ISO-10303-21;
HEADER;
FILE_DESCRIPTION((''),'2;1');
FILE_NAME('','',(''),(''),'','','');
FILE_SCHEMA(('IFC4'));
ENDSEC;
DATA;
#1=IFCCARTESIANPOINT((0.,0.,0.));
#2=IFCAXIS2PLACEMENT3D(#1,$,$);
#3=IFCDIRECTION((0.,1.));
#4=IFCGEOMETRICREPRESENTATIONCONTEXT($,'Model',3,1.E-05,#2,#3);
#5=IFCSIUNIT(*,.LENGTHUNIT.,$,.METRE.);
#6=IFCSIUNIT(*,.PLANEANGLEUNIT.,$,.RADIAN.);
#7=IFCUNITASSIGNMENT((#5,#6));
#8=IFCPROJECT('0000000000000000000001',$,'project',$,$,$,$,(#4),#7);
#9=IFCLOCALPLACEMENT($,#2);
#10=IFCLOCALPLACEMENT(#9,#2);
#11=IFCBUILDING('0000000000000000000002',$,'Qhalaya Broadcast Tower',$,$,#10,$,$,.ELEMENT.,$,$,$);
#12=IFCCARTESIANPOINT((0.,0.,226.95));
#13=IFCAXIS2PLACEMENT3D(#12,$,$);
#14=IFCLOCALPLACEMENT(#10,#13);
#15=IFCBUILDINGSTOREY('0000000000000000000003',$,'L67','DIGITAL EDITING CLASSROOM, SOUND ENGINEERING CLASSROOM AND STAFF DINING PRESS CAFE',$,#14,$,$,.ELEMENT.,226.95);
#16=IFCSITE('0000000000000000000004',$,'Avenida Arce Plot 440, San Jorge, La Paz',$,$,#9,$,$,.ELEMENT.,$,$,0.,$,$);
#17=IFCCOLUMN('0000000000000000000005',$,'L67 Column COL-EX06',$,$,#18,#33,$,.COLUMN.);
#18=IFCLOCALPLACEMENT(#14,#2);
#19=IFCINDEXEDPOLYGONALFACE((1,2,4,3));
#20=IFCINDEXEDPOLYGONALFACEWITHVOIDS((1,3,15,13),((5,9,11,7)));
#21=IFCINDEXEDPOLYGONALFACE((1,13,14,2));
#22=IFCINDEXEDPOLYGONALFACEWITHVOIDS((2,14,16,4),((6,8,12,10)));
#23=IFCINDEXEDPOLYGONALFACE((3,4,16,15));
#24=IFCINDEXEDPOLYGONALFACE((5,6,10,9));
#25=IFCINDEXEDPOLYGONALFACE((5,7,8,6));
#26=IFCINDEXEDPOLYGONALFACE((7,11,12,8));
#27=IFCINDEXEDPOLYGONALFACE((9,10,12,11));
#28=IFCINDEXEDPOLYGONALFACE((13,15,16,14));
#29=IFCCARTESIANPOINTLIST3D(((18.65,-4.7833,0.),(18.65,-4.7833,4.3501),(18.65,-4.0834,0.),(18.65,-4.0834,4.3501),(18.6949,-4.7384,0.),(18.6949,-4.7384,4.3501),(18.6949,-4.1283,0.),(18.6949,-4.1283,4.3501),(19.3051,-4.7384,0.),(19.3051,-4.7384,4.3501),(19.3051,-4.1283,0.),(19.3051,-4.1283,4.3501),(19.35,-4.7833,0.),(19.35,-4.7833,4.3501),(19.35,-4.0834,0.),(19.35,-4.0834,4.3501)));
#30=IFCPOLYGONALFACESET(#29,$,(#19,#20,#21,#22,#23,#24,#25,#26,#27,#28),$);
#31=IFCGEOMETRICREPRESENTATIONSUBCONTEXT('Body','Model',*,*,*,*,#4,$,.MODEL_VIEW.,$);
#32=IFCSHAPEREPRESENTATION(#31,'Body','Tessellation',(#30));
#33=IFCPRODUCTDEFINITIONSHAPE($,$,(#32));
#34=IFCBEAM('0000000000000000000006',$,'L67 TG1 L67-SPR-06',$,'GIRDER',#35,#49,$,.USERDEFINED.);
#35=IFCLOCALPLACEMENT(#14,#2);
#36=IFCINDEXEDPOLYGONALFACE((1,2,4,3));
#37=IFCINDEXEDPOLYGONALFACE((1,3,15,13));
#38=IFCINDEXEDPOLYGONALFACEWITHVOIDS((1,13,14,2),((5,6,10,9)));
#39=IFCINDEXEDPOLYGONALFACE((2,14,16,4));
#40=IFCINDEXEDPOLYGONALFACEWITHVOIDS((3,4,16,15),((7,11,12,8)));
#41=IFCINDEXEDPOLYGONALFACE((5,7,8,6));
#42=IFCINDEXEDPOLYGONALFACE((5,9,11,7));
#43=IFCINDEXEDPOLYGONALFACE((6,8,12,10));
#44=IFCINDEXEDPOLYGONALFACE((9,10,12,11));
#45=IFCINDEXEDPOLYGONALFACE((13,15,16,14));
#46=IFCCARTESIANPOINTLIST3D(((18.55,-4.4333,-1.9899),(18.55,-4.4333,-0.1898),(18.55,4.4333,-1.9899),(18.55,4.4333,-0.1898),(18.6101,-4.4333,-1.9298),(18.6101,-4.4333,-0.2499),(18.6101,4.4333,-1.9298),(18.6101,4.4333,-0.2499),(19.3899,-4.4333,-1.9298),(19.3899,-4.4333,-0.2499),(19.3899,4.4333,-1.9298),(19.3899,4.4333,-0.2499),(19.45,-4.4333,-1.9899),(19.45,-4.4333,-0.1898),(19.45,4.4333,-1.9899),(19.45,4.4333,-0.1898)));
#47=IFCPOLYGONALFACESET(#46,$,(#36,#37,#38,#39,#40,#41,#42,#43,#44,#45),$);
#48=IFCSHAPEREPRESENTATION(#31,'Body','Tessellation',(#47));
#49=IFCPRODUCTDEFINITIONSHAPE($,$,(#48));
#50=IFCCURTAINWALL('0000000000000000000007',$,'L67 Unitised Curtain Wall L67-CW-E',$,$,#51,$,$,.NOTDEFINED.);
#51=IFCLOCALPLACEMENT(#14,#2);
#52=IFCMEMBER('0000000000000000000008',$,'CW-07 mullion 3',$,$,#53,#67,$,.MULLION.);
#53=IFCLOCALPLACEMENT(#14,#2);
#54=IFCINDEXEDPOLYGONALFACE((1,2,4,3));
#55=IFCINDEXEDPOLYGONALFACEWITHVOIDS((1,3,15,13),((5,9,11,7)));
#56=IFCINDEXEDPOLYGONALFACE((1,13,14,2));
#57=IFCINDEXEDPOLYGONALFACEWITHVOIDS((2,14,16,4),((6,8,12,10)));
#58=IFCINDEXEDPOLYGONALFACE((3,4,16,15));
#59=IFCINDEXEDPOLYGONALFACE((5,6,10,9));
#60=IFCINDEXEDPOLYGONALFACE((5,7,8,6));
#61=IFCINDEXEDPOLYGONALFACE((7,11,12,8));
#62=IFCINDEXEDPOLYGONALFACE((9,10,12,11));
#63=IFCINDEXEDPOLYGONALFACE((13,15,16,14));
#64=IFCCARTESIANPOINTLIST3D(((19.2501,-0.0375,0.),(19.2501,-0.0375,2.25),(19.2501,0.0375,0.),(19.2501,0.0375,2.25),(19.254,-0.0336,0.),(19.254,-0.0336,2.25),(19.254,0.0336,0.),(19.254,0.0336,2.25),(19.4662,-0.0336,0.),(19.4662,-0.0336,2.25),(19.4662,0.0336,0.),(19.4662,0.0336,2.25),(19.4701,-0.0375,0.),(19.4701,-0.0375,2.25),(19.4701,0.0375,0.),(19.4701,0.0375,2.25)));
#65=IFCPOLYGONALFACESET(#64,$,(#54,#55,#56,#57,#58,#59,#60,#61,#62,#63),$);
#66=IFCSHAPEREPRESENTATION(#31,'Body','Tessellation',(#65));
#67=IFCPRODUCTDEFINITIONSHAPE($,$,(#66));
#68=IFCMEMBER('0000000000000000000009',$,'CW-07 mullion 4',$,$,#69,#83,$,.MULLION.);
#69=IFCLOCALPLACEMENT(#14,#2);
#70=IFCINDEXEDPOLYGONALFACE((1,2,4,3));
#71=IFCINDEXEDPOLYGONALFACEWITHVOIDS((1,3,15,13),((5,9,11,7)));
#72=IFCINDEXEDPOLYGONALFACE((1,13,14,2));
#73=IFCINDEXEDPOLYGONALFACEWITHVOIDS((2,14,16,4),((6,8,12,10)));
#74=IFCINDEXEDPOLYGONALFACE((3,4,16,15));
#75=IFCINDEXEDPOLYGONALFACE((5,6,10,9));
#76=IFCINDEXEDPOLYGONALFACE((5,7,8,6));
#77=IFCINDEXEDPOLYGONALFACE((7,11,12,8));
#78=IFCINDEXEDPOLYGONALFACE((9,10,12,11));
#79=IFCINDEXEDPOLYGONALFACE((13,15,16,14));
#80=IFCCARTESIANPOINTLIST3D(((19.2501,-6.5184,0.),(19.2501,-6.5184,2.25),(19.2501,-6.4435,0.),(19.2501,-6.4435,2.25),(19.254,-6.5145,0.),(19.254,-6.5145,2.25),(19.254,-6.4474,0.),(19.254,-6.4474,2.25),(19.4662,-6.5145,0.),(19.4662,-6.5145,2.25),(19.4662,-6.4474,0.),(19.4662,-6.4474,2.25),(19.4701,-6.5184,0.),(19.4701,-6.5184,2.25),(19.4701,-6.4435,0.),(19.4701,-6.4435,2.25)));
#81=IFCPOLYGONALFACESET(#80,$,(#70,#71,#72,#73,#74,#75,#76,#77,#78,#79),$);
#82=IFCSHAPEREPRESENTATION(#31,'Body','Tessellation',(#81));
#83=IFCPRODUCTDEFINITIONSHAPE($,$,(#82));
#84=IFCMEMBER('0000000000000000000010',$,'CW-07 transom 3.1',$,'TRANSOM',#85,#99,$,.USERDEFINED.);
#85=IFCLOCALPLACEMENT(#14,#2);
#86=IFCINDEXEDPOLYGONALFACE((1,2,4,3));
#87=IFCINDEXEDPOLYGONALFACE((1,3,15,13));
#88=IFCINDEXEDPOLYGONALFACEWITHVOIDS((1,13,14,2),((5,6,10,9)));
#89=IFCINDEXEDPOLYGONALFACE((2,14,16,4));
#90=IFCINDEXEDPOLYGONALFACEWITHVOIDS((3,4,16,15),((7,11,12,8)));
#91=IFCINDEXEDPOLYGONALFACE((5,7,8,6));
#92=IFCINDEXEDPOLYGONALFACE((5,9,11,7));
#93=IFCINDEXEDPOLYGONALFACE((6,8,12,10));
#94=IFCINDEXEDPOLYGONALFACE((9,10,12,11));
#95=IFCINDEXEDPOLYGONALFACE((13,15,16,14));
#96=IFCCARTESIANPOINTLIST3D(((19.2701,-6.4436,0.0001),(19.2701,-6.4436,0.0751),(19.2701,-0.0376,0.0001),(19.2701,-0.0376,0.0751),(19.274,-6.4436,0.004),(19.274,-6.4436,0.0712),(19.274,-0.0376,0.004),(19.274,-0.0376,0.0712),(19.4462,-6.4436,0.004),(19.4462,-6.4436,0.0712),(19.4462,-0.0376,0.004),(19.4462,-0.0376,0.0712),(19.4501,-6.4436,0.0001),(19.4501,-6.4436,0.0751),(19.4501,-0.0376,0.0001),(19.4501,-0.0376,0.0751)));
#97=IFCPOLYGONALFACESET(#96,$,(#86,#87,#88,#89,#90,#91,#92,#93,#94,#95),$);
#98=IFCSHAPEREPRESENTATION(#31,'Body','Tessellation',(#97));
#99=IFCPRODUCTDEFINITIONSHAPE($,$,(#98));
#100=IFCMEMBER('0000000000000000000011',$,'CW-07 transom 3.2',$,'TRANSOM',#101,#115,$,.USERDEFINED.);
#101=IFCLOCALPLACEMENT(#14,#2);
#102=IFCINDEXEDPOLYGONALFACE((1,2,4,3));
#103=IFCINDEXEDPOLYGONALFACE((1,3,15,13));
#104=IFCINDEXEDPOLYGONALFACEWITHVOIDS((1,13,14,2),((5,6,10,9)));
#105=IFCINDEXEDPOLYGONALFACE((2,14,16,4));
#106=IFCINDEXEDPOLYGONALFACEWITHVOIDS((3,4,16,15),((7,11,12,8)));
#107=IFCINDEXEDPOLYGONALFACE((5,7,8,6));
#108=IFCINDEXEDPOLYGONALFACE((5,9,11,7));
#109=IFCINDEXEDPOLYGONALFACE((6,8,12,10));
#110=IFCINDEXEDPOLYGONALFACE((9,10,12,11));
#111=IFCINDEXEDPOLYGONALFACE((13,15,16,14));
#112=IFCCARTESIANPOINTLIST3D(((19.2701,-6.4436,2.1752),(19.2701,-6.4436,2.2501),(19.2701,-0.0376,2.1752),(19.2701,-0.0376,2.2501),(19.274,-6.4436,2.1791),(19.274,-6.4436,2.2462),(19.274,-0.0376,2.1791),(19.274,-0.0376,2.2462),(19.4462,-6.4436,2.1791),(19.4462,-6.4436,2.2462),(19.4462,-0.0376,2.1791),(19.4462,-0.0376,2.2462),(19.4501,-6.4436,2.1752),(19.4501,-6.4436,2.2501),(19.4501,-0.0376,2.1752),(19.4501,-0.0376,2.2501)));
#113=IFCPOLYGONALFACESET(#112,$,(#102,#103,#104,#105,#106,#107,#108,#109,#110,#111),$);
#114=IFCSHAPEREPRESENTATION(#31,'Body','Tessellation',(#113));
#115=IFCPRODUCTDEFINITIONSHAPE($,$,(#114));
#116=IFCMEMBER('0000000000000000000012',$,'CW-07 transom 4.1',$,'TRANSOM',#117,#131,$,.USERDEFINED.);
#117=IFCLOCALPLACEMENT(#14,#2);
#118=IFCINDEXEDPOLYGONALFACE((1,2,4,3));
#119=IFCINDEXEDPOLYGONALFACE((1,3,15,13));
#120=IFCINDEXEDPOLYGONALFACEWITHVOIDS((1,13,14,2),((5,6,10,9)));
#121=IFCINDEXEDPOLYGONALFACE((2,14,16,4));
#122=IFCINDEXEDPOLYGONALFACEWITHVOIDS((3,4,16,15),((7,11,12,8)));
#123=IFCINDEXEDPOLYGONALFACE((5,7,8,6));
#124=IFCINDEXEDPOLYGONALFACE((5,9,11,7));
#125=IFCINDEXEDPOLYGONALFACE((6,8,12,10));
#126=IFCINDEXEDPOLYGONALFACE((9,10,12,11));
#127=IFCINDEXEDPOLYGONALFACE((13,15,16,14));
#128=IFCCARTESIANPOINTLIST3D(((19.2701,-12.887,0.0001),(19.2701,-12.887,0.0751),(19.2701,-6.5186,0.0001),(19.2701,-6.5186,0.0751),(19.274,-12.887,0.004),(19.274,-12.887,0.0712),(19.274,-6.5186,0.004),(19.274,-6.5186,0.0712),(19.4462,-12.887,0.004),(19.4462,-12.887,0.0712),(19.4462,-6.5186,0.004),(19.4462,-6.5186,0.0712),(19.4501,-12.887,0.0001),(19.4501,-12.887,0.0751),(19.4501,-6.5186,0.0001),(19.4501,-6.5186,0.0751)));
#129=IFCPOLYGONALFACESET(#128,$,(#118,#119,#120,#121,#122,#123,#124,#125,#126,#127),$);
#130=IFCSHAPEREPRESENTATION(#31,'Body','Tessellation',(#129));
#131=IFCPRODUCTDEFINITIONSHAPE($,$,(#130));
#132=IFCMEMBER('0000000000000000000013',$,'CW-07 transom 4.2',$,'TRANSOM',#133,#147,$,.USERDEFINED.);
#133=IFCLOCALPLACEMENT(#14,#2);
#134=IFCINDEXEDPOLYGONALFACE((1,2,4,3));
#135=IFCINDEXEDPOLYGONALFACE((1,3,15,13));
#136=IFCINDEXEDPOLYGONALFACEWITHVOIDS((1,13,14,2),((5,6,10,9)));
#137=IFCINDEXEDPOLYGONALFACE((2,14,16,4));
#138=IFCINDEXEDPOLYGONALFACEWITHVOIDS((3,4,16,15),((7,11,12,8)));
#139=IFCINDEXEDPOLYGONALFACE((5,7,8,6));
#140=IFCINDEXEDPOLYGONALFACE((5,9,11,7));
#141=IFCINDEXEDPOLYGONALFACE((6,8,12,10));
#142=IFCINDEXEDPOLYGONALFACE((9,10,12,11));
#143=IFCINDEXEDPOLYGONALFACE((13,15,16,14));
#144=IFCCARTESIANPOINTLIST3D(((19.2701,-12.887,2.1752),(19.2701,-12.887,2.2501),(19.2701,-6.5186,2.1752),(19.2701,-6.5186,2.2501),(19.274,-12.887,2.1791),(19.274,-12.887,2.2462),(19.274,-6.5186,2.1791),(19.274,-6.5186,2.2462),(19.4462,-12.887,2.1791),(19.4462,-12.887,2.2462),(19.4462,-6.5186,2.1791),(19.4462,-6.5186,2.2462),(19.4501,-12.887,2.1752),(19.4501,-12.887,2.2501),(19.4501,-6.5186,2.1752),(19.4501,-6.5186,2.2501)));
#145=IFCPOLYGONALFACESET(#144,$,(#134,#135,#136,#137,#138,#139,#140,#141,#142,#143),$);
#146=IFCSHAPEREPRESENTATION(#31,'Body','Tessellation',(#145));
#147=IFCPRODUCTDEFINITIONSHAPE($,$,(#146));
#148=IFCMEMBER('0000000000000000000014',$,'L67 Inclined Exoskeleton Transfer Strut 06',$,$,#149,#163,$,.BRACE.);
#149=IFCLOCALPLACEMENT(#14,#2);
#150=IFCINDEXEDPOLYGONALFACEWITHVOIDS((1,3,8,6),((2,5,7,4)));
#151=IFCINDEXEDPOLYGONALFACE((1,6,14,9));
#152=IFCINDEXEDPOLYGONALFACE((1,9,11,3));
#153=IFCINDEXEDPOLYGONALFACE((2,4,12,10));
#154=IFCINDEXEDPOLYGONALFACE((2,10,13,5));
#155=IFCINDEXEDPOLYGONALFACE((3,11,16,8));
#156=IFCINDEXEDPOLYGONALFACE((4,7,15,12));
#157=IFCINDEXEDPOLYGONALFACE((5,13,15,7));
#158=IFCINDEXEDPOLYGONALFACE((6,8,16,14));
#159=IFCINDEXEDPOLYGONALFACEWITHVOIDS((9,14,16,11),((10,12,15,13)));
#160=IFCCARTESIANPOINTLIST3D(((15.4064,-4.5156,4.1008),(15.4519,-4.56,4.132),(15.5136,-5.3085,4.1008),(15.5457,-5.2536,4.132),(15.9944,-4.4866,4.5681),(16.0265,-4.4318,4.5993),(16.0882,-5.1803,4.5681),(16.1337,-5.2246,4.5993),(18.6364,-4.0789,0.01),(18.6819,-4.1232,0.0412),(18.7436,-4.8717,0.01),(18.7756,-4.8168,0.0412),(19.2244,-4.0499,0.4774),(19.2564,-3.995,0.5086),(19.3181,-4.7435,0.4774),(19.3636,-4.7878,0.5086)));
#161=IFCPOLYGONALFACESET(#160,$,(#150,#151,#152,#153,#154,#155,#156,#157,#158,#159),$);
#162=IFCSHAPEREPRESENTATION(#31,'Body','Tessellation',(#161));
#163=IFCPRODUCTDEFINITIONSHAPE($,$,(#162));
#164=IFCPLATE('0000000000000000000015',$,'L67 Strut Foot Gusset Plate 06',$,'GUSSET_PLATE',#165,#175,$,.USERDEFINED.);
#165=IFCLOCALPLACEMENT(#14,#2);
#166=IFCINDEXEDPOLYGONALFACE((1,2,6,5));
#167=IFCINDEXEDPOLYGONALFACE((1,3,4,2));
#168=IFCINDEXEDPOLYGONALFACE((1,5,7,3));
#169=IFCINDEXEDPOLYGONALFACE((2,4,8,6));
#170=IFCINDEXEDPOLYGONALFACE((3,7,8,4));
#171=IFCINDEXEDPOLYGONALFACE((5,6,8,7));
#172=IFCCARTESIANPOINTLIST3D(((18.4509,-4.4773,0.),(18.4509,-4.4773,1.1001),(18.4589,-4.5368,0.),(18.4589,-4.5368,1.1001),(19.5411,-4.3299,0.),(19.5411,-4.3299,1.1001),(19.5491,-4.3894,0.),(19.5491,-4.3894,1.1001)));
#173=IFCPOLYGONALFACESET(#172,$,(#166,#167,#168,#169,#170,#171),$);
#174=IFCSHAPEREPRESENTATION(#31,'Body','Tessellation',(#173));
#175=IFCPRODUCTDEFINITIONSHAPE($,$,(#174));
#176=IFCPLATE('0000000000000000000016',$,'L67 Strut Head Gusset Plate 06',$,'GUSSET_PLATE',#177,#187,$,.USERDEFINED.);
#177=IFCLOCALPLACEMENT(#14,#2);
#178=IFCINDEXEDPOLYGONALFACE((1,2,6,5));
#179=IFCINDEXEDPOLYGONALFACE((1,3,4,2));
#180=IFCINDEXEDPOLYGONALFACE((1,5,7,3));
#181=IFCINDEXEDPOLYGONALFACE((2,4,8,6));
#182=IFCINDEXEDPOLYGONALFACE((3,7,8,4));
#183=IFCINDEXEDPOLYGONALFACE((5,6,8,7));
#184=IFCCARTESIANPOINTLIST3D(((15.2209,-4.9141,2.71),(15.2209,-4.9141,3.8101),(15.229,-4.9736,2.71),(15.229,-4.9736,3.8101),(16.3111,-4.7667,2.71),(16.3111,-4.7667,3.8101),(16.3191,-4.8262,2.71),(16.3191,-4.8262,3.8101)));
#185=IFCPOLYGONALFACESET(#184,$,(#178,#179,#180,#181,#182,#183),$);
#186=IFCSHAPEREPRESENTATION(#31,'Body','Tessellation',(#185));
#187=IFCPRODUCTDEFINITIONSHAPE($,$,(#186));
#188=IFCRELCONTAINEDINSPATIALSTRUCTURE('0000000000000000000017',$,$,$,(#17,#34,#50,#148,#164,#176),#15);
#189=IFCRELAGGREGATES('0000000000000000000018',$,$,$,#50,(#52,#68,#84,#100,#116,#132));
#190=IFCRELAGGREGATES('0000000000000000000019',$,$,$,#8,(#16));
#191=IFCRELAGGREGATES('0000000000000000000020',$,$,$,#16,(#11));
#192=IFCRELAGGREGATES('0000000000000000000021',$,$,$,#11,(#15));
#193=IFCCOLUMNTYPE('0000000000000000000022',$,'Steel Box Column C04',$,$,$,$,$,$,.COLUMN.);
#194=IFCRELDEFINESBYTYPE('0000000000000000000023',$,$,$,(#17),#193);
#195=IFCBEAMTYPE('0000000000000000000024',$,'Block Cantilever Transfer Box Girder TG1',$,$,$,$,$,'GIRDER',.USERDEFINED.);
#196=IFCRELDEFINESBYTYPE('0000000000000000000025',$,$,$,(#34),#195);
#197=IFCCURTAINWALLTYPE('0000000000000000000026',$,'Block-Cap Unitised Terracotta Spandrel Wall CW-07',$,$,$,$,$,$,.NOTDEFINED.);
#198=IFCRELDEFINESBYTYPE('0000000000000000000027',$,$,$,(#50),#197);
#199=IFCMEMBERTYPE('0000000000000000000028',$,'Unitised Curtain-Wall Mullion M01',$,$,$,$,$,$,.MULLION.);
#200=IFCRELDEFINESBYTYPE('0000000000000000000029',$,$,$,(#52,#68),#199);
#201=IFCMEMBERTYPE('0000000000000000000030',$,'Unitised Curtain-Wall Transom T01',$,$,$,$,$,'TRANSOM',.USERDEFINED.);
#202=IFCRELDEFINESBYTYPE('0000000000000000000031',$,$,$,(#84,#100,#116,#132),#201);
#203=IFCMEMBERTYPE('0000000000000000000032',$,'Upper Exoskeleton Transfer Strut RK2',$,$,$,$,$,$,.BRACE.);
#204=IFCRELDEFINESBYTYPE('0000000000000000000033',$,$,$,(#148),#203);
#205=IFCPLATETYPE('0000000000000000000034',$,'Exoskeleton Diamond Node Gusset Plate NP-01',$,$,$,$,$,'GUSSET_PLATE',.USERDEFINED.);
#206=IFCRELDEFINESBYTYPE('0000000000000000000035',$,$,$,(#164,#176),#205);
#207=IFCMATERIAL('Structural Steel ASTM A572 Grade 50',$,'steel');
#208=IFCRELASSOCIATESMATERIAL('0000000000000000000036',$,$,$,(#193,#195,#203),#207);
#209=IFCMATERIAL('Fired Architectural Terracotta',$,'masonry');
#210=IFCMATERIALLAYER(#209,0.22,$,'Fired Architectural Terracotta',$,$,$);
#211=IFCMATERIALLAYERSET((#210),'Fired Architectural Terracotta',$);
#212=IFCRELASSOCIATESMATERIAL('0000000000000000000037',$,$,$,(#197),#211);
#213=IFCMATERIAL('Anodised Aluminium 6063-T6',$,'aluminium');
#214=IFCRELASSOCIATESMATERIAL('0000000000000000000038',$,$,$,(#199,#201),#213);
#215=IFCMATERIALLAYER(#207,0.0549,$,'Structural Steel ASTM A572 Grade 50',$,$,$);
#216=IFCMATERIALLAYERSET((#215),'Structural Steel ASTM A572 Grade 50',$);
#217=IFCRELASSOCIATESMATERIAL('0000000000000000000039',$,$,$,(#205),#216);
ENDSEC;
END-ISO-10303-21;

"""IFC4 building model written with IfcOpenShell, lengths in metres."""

from ifc_helpers import new_model, si_unit, direction, frame, origin, origin_2d, place, context, subcontext, project, spatial, rectangle, hollow_rectangle, extrude, material, layer, layer_set, material_profile, profile_set, type_object, element, aggregate, save


model = new_model("IFC4")

# Units and contexts
model_context = context("Model", 3, precision=1e-05, world=origin(), true_north=direction((0.0, 1.0)))
body_context = subcontext(model_context, "Body", "Model", "MODEL_VIEW")
ifc_project = project(units=[si_unit("LENGTHUNIT", "METRE"), si_unit("PLANEANGLEUNIT", "RADIAN")], contexts=[model_context])

# Site, building, storey
site_placement = place(None, origin())
site = spatial("IfcSite", under=ifc_project, at=site_placement, Name="Avenida Arce Plot 440, San Jorge, La Paz", CompositionType="ELEMENT", RefElevation=0.0)
building_placement = place(site_placement, origin())
building = spatial("IfcBuilding", under=site, at=building_placement, Name="Qhalaya Broadcast Tower", CompositionType="ELEMENT")
storey_placement = place(building_placement, frame((0.0, 0.0, 226.95)))
storey = spatial("IfcBuildingStorey", under=building, at=storey_placement, Name="L67", Description="DIGITAL EDITING CLASSROOM, SOUND ENGINEERING CLASSROOM AND STAFF DINING PRESS CAFE", CompositionType="ELEMENT", Elevation=226.95)

# Column
ifc_material_1 = material(Name="Structural Steel ASTM A572 Grade 50", Category="steel")
ifc_material_profile_1 = material_profile(ifc_material_1, hollow_rectangle(XDim=0.7, YDim=0.7, WallThickness=0.0449, at=origin_2d()), Name="BOX 700x700x45")
ifc_profile_set_1 = profile_set([ifc_material_profile_1], Name="Structural Steel ASTM A572 Grade 50")
column_type = type_object("IfcColumnType", Name="Steel Box Column C04", PredefinedType="COLUMN", material=ifc_profile_set_1)
column_placement = place(storey_placement, frame((19.0, -4.4333, 0.0), z_axis=(0.0, 0.0, 1.0), x_axis=(0.0, 1.0, 0.0)))
element("IfcColumn", 1, at=column_placement, inside=storey, type_object=column_type, Name="L67 Column COL-EX06", PredefinedType="COLUMN", context=body_context, shape_type="SweptSolid", body=[
    extrude(hollow_rectangle(XDim=0.7, YDim=0.7, WallThickness=0.0449, at=origin_2d()), origin(), (0.0, 0.0, 1.0), 4.3501),
])

# Beam
ifc_material_profile_2 = material_profile(ifc_material_1, hollow_rectangle(XDim=0.8999, YDim=1.8, WallThickness=0.0601, at=origin_2d()), Name="BOX 900x1800x60")
ifc_profile_set_2 = profile_set([ifc_material_profile_2], Name="Structural Steel ASTM A572 Grade 50")
beam_type = type_object("IfcBeamType", Name="Block Cantilever Transfer Box Girder TG1", ElementType="GIRDER", PredefinedType="USERDEFINED", material=ifc_profile_set_2)
beam_placement = place(storey_placement, frame((19.0, -4.4333, -1.0898), z_axis=(0.0, 1.0, 0.0), x_axis=(-1.0, 0.0, 0.0)))
element("IfcBeam", 2, at=beam_placement, inside=storey, type_object=beam_type, Name="L67 TG1 L67-SPR-06", ObjectType="GIRDER", PredefinedType="USERDEFINED", context=body_context, shape_type="SweptSolid", body=[
    extrude(hollow_rectangle(XDim=0.8999, YDim=1.8, WallThickness=0.0601, at=origin_2d()), origin(), (0.0, 0.0, 1.0), 8.8667),
])

# Curtain wall, members
ifc_material_2 = material(Name="Fired Architectural Terracotta", Category="masonry")
ifc_layer_1 = layer(ifc_material_2, 0.22, Name="Fired Architectural Terracotta")
ifc_layer_set_1 = layer_set([ifc_layer_1], Name="Fired Architectural Terracotta")
curtain_wall_type = type_object("IfcCurtainWallType", Name="Block-Cap Unitised Terracotta Spandrel Wall CW-07", PredefinedType="NOTDEFINED", material=ifc_layer_set_1)
curtain_wall_placement = place(storey_placement, origin())
curtain_wall = element("IfcCurtainWall", 3, at=curtain_wall_placement, inside=storey, type_object=curtain_wall_type, Name="L67 Unitised Curtain Wall L67-CW-E", PredefinedType="NOTDEFINED")
ifc_material_3 = material(Name="Anodised Aluminium 6063-T6", Category="aluminium")
ifc_material_profile_3 = material_profile(ifc_material_3, hollow_rectangle(XDim=0.075, YDim=0.22, WallThickness=0.0039, at=origin_2d()), Name="ALU-MUL 75x220x4")
ifc_profile_set_3 = profile_set([ifc_material_profile_3], Name="Anodised Aluminium 6063-T6")
member_type_1 = type_object("IfcMemberType", Name="Unitised Curtain-Wall Mullion M01", PredefinedType="MULLION", material=ifc_profile_set_3)
member_1_placement = place(storey_placement, frame((19.3601, 0.0, 0.0), z_axis=(0.0, 0.0, 1.0), x_axis=(0.0, -1.0, 0.0)))
member_1 = element("IfcMember", 4, at=member_1_placement, type_object=member_type_1, Name="CW-07 mullion 3", PredefinedType="MULLION", context=body_context, shape_type="SweptSolid", body=[
    extrude(hollow_rectangle(XDim=0.075, YDim=0.22, WallThickness=0.0039, at=origin_2d()), origin(), (0.0, 0.0, 1.0), 2.25),
])
member_2_placement = place(storey_placement, frame((19.3601, -6.481, 0.0), z_axis=(0.0, 0.0, 1.0), x_axis=(0.0, -1.0, 0.0)))
member_2 = element("IfcMember", 5, at=member_2_placement, type_object=member_type_1, Name="CW-07 mullion 4", PredefinedType="MULLION", context=body_context, shape_type="SweptSolid", body=[
    extrude(hollow_rectangle(XDim=0.075, YDim=0.22, WallThickness=0.0039, at=origin_2d()), origin(), (0.0, 0.0, 1.0), 2.25),
])
ifc_material_profile_4 = material_profile(ifc_material_3, hollow_rectangle(XDim=0.075, YDim=0.1799, WallThickness=0.0039, at=origin_2d()), Name="ALU-TRN 75x180x4")
ifc_profile_set_4 = profile_set([ifc_material_profile_4], Name="Anodised Aluminium 6063-T6")
member_type_2 = type_object("IfcMemberType", Name="Unitised Curtain-Wall Transom T01", ElementType="TRANSOM", PredefinedType="USERDEFINED", material=ifc_profile_set_4)
member_3_placement = place(storey_placement, frame((19.3601, -0.0376, 0.0376), z_axis=(0.0, -1.0, 0.0), x_axis=(0.0, 0.0, 1.0)))
member_3 = element("IfcMember", 6, at=member_3_placement, type_object=member_type_2, Name="CW-07 transom 3.1", ObjectType="TRANSOM", PredefinedType="USERDEFINED", context=body_context, shape_type="SweptSolid", body=[
    extrude(hollow_rectangle(XDim=0.075, YDim=0.1799, WallThickness=0.0039, at=origin_2d()), origin(), (0.0, 0.0, 1.0), 6.406),
])
member_4_placement = place(storey_placement, frame((19.3601, -0.0376, 2.2126), z_axis=(0.0, -1.0, 0.0), x_axis=(0.0, 0.0, 1.0)))
member_4 = element("IfcMember", 7, at=member_4_placement, type_object=member_type_2, Name="CW-07 transom 3.2", ObjectType="TRANSOM", PredefinedType="USERDEFINED", context=body_context, shape_type="SweptSolid", body=[
    extrude(hollow_rectangle(XDim=0.075, YDim=0.1799, WallThickness=0.0039, at=origin_2d()), origin(), (0.0, 0.0, 1.0), 6.406),
])
member_5_placement = place(storey_placement, frame((19.3601, -6.5186, 0.0376), z_axis=(0.0, -1.0, 0.0), x_axis=(0.0, 0.0, 1.0)))
member_5 = element("IfcMember", 8, at=member_5_placement, type_object=member_type_2, Name="CW-07 transom 4.1", ObjectType="TRANSOM", PredefinedType="USERDEFINED", context=body_context, shape_type="SweptSolid", body=[
    extrude(hollow_rectangle(XDim=0.075, YDim=0.1799, WallThickness=0.0039, at=origin_2d()), origin(), (0.0, 0.0, 1.0), 6.3684),
])
member_6_placement = place(storey_placement, frame((19.3601, -6.5186, 2.2126), z_axis=(0.0, -1.0, 0.0), x_axis=(0.0, 0.0, 1.0)))
member_6 = element("IfcMember", 9, at=member_6_placement, type_object=member_type_2, Name="CW-07 transom 4.2", ObjectType="TRANSOM", PredefinedType="USERDEFINED", context=body_context, shape_type="SweptSolid", body=[
    extrude(hollow_rectangle(XDim=0.075, YDim=0.1799, WallThickness=0.0039, at=origin_2d()), origin(), (0.0, 0.0, 1.0), 6.3684),
])

# Member
ifc_material_profile_5 = material_profile(ifc_material_1, hollow_rectangle(XDim=0.8, YDim=0.8, WallThickness=0.05, at=origin_2d()), Name="BOX 800x800x50")
ifc_profile_set_5 = profile_set([ifc_material_profile_5], Name="Structural Steel ASTM A572 Grade 50")
member_type_3 = type_object("IfcMemberType", Name="Upper Exoskeleton Transfer Strut RK2", PredefinedType="BRACE", material=ifc_profile_set_5)
member_7_placement = place(storey_placement, frame((19.0, -4.4333, 0.2593), z_axis=(-0.617526, -0.083504, 0.782106), x_axis=(0.134003, -0.990981, 0.0)))
element("IfcMember", 10, at=member_7_placement, inside=storey, type_object=member_type_3, Name="L67 Inclined Exoskeleton Transfer Strut 06", PredefinedType="BRACE", context=body_context, shape_type="SweptSolid", body=[
    extrude(hollow_rectangle(XDim=0.8, YDim=0.8, WallThickness=0.05, at=origin_2d()), origin(), (0.0, 0.0, 1.0), 5.2305),
])

# Plates
ifc_layer_2 = layer(ifc_material_1, 0.0549, Name="Structural Steel ASTM A572 Grade 50")
ifc_layer_set_2 = layer_set([ifc_layer_2], Name="Structural Steel ASTM A572 Grade 50")
plate_type_1 = type_object("IfcPlateType", Name="Exoskeleton Diamond Node Gusset Plate NP-01", ElementType="GUSSET_PLATE", PredefinedType="USERDEFINED", material=ifc_layer_set_2)
for number, where, z_axis, x_axis, name in (
    (11, (19.0, -4.4333, 0.0), (0.0, 0.0, 1.0), (-0.990983, -0.133986, 0.0), "L67 Strut Foot Gusset Plate 06"),
    (12, (15.77, -4.8701, 2.71), (0.0, 0.0, 1.0), (-0.990983, -0.133986, 0.0), "L67 Strut Head Gusset Plate 06"),
):
    element("IfcPlate", number, at=place(storey_placement, frame(where, z_axis=z_axis, x_axis=x_axis)), inside=storey, type_object=plate_type_1, Name=name, ObjectType="GUSSET_PLATE", PredefinedType="USERDEFINED", context=body_context, shape_type="SweptSolid", body=[
        extrude(rectangle(XDim=1.1001, YDim=0.0601, at=origin_2d()), origin(), (0.0, 0.0, 1.0), 1.1001),
    ])

aggregate(curtain_wall, [member_1, member_2, member_3, member_4, member_5, member_6])

save(model, "model.ifc")
